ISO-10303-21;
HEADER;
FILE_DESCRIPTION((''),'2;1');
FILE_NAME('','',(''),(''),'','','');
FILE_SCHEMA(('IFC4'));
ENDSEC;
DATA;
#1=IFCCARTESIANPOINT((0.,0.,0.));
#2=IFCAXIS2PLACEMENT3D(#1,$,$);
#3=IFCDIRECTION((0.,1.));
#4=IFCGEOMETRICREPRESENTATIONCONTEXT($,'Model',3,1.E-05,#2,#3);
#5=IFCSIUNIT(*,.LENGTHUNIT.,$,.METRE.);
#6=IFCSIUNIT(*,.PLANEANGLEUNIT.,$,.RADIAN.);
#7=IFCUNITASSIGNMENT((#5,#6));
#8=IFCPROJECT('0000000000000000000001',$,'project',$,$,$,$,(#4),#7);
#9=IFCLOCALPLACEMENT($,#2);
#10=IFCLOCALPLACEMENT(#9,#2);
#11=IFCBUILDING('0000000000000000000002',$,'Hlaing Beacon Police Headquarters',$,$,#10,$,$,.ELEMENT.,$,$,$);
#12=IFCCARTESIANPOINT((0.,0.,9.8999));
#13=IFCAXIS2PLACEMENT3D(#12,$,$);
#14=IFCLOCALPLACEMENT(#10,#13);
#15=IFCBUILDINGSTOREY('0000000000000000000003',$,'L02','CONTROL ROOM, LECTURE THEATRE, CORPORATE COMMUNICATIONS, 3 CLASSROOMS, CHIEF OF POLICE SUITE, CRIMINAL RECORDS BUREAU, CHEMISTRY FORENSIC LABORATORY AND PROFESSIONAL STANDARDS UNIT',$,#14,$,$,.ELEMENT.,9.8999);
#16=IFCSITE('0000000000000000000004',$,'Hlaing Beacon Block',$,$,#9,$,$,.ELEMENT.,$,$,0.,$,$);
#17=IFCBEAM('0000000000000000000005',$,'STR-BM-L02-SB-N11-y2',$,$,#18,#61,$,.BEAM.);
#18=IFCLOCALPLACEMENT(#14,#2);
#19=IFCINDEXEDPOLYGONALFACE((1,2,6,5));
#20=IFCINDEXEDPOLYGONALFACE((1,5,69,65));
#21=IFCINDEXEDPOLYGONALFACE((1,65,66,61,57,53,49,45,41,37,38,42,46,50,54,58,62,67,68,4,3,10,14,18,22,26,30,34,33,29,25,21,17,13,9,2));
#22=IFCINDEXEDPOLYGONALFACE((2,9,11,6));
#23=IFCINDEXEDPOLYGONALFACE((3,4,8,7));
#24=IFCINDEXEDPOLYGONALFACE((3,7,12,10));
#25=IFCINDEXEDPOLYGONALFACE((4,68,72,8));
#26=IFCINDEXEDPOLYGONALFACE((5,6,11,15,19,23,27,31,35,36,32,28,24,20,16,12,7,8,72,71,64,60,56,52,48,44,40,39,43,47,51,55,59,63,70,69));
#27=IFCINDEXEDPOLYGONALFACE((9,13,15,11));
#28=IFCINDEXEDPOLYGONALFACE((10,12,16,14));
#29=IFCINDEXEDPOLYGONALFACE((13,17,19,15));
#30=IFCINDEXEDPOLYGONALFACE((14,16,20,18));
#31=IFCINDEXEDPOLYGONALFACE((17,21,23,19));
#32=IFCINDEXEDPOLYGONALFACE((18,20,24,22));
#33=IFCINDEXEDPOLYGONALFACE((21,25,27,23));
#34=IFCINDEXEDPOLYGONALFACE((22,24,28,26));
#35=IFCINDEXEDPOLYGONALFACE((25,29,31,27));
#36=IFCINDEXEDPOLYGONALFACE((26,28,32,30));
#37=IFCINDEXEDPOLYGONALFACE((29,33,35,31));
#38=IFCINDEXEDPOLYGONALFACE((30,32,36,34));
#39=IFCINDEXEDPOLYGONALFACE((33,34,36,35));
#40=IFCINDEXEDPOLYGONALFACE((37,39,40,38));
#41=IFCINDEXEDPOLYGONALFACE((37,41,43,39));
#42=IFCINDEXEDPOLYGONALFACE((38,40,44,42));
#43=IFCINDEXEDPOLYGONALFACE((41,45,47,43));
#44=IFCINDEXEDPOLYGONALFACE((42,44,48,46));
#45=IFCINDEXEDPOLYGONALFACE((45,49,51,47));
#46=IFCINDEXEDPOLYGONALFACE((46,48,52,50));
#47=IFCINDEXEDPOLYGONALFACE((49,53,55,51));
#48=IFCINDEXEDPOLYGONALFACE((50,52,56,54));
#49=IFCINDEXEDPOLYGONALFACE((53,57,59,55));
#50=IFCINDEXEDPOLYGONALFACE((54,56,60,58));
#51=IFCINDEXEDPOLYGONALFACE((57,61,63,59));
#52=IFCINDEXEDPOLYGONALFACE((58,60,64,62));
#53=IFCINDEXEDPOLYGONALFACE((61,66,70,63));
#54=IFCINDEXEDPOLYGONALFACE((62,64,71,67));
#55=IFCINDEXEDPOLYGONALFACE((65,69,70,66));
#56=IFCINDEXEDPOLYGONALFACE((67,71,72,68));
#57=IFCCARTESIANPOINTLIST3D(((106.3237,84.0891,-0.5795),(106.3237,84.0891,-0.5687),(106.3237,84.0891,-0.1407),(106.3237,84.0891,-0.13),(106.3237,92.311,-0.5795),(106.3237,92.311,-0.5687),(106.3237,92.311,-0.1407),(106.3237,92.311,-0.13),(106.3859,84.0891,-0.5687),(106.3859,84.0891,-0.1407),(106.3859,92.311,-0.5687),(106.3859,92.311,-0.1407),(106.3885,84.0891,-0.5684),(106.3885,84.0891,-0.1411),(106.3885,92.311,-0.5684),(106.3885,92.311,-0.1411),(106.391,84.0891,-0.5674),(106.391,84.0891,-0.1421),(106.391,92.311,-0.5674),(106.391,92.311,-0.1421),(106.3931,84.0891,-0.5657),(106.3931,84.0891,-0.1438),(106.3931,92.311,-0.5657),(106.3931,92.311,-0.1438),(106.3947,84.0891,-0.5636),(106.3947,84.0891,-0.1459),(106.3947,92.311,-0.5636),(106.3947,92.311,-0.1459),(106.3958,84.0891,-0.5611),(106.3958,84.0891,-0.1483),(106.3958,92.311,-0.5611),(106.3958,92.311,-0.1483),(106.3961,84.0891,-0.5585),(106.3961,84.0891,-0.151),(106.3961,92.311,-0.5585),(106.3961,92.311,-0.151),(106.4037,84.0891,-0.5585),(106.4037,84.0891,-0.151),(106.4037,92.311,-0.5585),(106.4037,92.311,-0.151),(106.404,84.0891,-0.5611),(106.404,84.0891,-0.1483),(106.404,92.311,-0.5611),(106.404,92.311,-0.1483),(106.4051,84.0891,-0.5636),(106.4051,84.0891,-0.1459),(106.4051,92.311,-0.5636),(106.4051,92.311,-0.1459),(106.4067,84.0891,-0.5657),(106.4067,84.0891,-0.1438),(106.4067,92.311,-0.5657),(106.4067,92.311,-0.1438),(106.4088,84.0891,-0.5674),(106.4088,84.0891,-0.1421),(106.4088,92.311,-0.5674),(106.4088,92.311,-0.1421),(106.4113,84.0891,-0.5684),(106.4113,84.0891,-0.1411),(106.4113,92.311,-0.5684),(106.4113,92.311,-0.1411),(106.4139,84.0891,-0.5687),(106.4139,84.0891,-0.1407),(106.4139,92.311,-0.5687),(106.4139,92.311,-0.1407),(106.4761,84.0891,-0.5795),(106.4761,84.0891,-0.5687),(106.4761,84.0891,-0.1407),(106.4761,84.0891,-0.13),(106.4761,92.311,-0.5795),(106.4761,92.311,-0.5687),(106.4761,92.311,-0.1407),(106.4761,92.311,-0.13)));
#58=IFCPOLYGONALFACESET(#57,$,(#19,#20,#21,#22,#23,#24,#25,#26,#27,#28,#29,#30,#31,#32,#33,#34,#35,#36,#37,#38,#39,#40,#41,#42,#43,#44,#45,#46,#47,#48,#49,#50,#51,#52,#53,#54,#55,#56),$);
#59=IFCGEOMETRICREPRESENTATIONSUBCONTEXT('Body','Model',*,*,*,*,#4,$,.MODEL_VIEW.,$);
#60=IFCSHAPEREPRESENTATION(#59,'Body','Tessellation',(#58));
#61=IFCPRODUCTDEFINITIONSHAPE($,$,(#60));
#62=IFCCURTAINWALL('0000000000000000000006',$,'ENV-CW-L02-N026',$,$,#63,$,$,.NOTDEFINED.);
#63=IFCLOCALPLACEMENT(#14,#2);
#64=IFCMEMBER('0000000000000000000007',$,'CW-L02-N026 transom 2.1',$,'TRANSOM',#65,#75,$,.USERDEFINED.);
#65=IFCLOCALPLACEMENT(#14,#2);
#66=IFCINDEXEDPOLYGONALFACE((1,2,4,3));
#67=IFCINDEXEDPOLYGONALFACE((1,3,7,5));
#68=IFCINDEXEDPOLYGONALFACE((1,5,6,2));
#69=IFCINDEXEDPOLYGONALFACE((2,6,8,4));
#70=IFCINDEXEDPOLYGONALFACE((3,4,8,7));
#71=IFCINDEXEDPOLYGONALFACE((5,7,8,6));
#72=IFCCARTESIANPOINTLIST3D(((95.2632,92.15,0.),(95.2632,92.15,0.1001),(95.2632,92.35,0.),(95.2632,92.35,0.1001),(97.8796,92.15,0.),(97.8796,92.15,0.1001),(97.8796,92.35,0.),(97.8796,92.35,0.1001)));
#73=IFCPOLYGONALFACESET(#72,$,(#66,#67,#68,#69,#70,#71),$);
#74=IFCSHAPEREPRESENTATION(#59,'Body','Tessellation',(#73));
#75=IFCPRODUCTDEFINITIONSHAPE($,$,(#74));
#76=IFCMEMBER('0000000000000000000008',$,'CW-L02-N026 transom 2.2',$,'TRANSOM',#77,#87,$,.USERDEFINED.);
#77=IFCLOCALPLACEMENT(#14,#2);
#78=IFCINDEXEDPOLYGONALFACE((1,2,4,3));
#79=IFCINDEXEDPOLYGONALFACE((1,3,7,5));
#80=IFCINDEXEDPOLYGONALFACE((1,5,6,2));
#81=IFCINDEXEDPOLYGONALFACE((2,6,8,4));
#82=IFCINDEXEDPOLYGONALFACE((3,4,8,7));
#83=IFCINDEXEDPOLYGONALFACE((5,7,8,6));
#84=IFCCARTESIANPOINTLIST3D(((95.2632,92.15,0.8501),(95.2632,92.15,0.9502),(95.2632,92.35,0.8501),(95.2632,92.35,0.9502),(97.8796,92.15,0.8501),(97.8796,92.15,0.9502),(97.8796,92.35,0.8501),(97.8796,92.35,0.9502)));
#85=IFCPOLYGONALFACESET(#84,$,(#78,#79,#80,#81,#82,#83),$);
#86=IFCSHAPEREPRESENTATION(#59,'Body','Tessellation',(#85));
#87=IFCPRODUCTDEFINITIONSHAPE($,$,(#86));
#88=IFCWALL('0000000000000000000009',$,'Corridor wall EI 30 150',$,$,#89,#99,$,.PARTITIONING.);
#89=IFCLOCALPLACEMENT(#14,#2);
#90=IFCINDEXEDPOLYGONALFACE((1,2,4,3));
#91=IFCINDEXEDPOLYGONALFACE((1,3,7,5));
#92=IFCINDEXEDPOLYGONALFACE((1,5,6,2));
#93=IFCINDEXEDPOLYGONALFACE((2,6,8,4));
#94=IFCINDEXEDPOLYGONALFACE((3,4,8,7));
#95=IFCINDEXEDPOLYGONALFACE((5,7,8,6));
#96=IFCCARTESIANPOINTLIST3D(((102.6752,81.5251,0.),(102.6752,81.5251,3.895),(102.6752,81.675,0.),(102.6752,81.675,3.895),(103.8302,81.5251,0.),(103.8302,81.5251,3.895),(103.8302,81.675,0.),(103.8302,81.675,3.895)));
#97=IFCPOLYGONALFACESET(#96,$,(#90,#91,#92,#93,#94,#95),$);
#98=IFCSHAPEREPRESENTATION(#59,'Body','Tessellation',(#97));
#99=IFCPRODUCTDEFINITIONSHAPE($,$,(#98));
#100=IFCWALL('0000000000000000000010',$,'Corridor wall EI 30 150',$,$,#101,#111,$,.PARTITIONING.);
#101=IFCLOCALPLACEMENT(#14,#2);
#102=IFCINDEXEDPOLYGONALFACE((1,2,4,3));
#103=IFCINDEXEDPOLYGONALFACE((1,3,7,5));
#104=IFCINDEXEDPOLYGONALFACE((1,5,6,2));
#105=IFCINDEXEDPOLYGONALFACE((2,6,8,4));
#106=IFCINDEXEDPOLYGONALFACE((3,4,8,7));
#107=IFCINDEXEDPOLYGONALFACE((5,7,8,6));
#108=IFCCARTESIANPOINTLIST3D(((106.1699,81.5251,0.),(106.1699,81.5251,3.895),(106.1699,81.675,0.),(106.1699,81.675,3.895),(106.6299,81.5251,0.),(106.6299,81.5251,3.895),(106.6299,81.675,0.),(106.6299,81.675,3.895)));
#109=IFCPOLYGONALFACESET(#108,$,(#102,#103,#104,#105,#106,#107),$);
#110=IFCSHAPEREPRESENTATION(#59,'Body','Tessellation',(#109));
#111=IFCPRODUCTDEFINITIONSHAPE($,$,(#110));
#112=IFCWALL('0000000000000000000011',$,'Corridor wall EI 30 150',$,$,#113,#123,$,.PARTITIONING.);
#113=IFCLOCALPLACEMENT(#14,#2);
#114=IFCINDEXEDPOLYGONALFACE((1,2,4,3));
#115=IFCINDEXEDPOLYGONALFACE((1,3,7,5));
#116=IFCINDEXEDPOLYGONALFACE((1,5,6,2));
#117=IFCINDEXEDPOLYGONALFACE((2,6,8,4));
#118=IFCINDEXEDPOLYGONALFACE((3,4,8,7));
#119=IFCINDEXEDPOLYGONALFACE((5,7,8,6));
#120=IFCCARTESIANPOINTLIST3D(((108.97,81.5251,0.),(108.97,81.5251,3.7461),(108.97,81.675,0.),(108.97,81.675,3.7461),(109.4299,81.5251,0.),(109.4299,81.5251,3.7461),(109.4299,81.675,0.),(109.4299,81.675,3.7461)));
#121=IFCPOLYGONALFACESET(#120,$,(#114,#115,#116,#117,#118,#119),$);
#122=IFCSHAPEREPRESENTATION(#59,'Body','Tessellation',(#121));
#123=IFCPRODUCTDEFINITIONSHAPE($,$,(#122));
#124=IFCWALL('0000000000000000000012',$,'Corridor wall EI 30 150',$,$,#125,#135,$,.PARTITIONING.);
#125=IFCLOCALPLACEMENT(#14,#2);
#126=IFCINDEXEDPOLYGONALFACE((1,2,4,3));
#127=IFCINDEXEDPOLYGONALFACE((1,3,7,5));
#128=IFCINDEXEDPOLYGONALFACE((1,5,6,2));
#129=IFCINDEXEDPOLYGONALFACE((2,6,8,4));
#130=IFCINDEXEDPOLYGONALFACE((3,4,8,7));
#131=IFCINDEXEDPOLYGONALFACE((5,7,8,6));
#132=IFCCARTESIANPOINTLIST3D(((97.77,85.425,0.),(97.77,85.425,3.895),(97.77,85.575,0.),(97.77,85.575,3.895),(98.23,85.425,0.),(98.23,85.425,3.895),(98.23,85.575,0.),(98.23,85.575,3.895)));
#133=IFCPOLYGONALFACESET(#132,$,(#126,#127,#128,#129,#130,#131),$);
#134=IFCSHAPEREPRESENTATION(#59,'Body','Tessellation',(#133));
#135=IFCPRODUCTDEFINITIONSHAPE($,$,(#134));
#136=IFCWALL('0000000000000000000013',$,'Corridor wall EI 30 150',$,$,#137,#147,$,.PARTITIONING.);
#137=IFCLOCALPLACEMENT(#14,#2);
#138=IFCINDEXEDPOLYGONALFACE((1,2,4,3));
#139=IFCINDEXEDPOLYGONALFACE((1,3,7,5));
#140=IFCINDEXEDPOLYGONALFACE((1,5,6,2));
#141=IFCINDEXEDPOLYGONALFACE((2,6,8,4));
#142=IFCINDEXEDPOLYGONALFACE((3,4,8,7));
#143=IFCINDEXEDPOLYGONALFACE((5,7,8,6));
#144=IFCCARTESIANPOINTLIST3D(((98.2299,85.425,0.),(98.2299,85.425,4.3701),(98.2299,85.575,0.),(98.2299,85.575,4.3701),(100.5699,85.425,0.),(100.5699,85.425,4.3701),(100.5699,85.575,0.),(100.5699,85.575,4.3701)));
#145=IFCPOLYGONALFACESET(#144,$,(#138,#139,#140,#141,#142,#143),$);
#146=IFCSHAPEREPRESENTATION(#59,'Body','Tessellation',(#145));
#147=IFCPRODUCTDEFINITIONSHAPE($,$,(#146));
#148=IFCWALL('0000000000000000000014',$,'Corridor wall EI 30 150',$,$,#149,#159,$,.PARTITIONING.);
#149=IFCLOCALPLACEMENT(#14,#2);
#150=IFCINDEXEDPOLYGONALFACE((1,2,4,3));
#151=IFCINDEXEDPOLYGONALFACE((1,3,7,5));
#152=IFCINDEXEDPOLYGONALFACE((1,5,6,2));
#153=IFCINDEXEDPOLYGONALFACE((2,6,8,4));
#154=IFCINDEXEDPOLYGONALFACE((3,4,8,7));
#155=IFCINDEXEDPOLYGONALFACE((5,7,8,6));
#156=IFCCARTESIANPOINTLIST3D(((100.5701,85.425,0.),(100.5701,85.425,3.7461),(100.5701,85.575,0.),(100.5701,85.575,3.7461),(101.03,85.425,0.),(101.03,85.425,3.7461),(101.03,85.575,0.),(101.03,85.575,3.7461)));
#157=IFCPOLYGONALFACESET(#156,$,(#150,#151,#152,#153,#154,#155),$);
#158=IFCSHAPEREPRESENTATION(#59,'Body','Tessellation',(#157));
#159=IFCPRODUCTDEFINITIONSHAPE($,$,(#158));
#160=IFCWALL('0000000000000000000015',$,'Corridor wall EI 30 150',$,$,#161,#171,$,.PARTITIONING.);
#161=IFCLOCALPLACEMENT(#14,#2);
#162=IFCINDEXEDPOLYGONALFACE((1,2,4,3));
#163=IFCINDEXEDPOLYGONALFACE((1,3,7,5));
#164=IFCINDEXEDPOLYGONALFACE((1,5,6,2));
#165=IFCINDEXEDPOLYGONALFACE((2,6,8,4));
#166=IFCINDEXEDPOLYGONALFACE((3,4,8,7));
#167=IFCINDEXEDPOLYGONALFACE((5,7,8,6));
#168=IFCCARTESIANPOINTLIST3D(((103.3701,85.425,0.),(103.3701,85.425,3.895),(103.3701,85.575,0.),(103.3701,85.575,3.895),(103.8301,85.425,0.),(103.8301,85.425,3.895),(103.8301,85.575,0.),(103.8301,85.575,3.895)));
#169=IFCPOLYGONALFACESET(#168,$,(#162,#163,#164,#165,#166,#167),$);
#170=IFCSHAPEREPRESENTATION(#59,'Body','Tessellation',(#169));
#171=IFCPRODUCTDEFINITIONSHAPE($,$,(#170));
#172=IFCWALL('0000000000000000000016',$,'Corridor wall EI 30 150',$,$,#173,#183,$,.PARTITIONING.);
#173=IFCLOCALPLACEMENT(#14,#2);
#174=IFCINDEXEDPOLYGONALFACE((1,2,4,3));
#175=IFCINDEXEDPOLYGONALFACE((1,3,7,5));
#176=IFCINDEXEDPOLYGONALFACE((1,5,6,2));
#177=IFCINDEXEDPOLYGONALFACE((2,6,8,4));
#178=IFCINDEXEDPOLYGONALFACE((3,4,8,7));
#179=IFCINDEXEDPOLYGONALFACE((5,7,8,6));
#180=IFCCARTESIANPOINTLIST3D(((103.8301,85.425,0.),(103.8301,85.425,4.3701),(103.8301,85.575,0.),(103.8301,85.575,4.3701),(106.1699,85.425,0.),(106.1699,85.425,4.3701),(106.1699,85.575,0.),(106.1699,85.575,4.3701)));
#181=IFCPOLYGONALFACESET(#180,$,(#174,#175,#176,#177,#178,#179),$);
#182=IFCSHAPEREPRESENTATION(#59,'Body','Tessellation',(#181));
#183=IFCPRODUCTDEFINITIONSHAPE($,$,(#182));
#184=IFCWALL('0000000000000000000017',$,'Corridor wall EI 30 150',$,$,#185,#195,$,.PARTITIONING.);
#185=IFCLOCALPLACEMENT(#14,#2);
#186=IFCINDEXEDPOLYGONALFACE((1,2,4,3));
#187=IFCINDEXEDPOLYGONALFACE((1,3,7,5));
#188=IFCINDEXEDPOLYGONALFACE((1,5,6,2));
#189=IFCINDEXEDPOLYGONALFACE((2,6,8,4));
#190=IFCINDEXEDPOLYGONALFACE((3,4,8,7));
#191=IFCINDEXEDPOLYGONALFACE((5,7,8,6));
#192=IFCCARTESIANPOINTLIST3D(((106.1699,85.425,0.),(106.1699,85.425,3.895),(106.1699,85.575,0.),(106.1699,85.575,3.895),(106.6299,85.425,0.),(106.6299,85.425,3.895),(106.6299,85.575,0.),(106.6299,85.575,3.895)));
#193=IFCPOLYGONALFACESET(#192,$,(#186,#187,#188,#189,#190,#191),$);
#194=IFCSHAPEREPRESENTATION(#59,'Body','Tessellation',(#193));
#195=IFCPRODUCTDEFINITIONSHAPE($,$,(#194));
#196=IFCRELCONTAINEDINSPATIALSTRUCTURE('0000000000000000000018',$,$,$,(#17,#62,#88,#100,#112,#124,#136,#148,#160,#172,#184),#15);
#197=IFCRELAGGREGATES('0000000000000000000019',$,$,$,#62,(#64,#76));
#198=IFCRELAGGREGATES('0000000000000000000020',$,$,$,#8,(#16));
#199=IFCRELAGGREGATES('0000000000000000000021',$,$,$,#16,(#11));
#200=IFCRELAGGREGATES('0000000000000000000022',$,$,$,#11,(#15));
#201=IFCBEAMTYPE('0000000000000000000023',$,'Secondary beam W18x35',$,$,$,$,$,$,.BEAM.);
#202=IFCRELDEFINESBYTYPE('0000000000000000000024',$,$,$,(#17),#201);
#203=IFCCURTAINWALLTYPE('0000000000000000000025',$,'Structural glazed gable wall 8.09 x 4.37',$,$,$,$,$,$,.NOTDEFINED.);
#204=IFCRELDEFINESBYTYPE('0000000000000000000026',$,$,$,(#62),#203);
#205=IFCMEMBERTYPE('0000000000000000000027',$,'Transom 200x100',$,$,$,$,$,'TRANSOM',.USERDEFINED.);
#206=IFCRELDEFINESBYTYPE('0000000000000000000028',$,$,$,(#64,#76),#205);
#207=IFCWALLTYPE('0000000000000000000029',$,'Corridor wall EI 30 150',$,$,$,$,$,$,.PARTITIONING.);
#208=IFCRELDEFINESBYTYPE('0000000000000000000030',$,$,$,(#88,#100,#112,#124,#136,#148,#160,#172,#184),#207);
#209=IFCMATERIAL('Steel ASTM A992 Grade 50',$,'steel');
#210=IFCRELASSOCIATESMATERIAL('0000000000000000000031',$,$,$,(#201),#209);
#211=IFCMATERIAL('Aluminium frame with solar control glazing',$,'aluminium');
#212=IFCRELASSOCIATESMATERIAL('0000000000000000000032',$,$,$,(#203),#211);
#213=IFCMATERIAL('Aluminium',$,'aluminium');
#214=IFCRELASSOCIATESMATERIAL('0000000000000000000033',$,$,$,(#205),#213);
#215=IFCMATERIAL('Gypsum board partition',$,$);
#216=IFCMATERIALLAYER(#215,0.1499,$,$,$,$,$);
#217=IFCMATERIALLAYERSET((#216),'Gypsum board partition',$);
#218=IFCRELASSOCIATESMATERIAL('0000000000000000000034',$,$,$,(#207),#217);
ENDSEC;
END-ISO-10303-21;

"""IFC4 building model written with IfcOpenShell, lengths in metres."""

from ifc_helpers import new_model, si_unit, direction, frame, frame_2d, origin, origin_2d, place, context, subcontext, project, spatial, rectangle, i_section, extrude, material, layer, layer_set, material_profile, profile_set, type_object, element, aggregate, save


model = new_model("IFC4")

# Units and contexts
model_context = context("Model", 3, precision=1e-05, world=origin(), true_north=direction((0.0, 1.0)))
body_context = subcontext(model_context, "Body", "Model", "MODEL_VIEW")
ifc_project = project(units=[si_unit("LENGTHUNIT", "METRE"), si_unit("PLANEANGLEUNIT", "RADIAN")], contexts=[model_context])

# Site, building, storey
site_placement = place(None, origin())
site = spatial("IfcSite", under=ifc_project, at=site_placement, Name="Hlaing Beacon Block", CompositionType="ELEMENT", RefElevation=0.0)
building_placement = place(site_placement, origin())
building = spatial("IfcBuilding", under=site, at=building_placement, Name="Hlaing Beacon Police Headquarters", CompositionType="ELEMENT")
storey_placement = place(building_placement, frame((0.0, 0.0, 9.8999)))
storey = spatial("IfcBuildingStorey", under=building, at=storey_placement, Name="L02", Description="CONTROL ROOM, LECTURE THEATRE, CORPORATE COMMUNICATIONS, 3 CLASSROOMS, CHIEF OF POLICE SUITE, CRIMINAL RECORDS BUREAU, CHEMISTRY FORENSIC LABORATORY AND PROFESSIONAL STANDARDS UNIT", CompositionType="ELEMENT", Elevation=9.8999)

# Beam
ifc_material_1 = material(Name="Steel ASTM A992 Grade 50", Category="steel")
ifc_material_profile_1 = material_profile(ifc_material_1, i_section(OverallWidth=0.1523, OverallDepth=0.4495, WebThickness=0.0076, FlangeThickness=0.0107, FilletRadius=0.0103, at=origin_2d()), Name="W18x35")
ifc_profile_set_1 = profile_set([ifc_material_profile_1], Name="Steel ASTM A992 Grade 50")
beam_type_1 = type_object("IfcBeamType", Name="Secondary beam W18x35", PredefinedType="BEAM", material=ifc_profile_set_1)
for number, where, z_axis, x_axis, name in (
    (1, (106.3999, 84.0891, -0.3547), (0.0, 1.0, 0.0), (-1.0, 0.0, 0.0), "STR-BM-L02-SB-N11-y2"),
):
    element("IfcBeam", number, at=place(storey_placement, frame(where, z_axis=z_axis, x_axis=x_axis)), inside=storey, type_object=beam_type_1, Name=name, PredefinedType="BEAM", context=body_context, shape_type="SweptSolid", body=[
        extrude(i_section(OverallWidth=0.1523, OverallDepth=0.4495, WebThickness=0.0076, FlangeThickness=0.0107, FilletRadius=0.0103, at=origin_2d()), origin(), (0.0, 0.0, 1.0), 8.2219),
    ])

# Curtain wall, members
ifc_material_2 = material(Name="Aluminium frame with solar control glazing", Category="aluminium")
curtain_wall_type = type_object("IfcCurtainWallType", Name="Structural glazed gable wall 8.09 x 4.37", PredefinedType="NOTDEFINED", material=ifc_material_2)
curtain_wall_placement = place(storey_placement, origin())
curtain_wall = element("IfcCurtainWall", 2, at=curtain_wall_placement, inside=storey, type_object=curtain_wall_type, Name="ENV-CW-L02-N026", PredefinedType="NOTDEFINED")
ifc_material_3 = material(Name="Aluminium", Category="aluminium")
ifc_material_profile_2 = material_profile(ifc_material_3, rectangle(XDim=0.2, YDim=0.1001, at=origin_2d()), Name="Transom 200x100")
ifc_profile_set_2 = profile_set([ifc_material_profile_2], Name="Aluminium")
member_type = type_object("IfcMemberType", Name="Transom 200x100", ElementType="TRANSOM", PredefinedType="USERDEFINED", material=ifc_profile_set_2)
member_1_placement = place(storey_placement, frame((97.8796, 92.25, 0.05), z_axis=(-1.0, 0.0, 0.0), x_axis=(0.0, -1.0, 0.0)))
member_1 = element("IfcMember", 3, at=member_1_placement, type_object=member_type, Name="CW-L02-N026 transom 2.1", ObjectType="TRANSOM", PredefinedType="USERDEFINED", context=body_context, shape_type="SweptSolid", body=[
    extrude(rectangle(XDim=0.2, YDim=0.1001, at=origin_2d()), origin(), (0.0, 0.0, 1.0), 2.6165),
])
member_2_placement = place(storey_placement, frame((97.8796, 92.25, 0.9001), z_axis=(-1.0, 0.0, 0.0), x_axis=(0.0, -1.0, 0.0)))
member_2 = element("IfcMember", 4, at=member_2_placement, type_object=member_type, Name="CW-L02-N026 transom 2.2", ObjectType="TRANSOM", PredefinedType="USERDEFINED", context=body_context, shape_type="SweptSolid", body=[
    extrude(rectangle(XDim=0.2, YDim=0.1001, at=origin_2d()), origin(), (0.0, 0.0, 1.0), 2.6165),
])
aggregate(curtain_wall, [member_1, member_2])

# Wall
ifc_material_4 = material(Name="Gypsum board partition")
ifc_layer_1 = layer(ifc_material_4, 0.1499)
ifc_layer_set_1 = layer_set([ifc_layer_1], Name="Gypsum board partition")
wall_type_1 = type_object("IfcWallType", Name="Corridor wall EI 30 150", PredefinedType="PARTITIONING", material=ifc_layer_set_1)
wall_1_placement = place(storey_placement, frame((102.675, 81.6001, 0.0), z_axis=(0.0, 0.0, 1.0), x_axis=(1.0, 0.0, 0.0)))
element("IfcWall", 5, at=wall_1_placement, inside=storey, type_object=wall_type_1, Name="Corridor wall EI 30 150", PredefinedType="PARTITIONING", context=body_context, shape_type="SweptSolid", body=[
    extrude(rectangle(XDim=1.155, YDim=0.1499, at=frame_2d((0.5776, 0.0))), origin(), (0.0, 0.0, 1.0), 3.895),
])

# Wall
wall_2_placement = place(storey_placement, frame((106.1699, 81.6001, 0.0), z_axis=(0.0, 0.0, 1.0), x_axis=(1.0, 0.0, 0.0)))
element("IfcWall", 6, at=wall_2_placement, inside=storey, type_object=wall_type_1, Name="Corridor wall EI 30 150", PredefinedType="PARTITIONING", context=body_context, shape_type="SweptSolid", body=[
    extrude(rectangle(XDim=0.46, YDim=0.1499, at=frame_2d((0.23, 0.0))), origin(), (0.0, 0.0, 1.0), 3.895),
])

# Walls
wall_3_placement = place(storey_placement, frame((108.97, 81.6001, 0.0), z_axis=(0.0, 0.0, 1.0), x_axis=(1.0, 0.0, 0.0)))
element("IfcWall", 7, at=wall_3_placement, inside=storey, type_object=wall_type_1, Name="Corridor wall EI 30 150", PredefinedType="PARTITIONING", context=body_context, shape_type="SweptSolid", body=[
    extrude(rectangle(XDim=0.46, YDim=0.1499, at=frame_2d((0.23, 0.0))), origin(), (0.0, 0.0, 1.0), 3.7461),
])
wall_4_placement = place(storey_placement, frame((97.77, 85.5, 0.0), z_axis=(0.0, 0.0, 1.0), x_axis=(1.0, 0.0, 0.0)))
element("IfcWall", 8, at=wall_4_placement, inside=storey, type_object=wall_type_1, Name="Corridor wall EI 30 150", PredefinedType="PARTITIONING", context=body_context, shape_type="SweptSolid", body=[
    extrude(rectangle(XDim=0.46, YDim=0.1499, at=frame_2d((0.23, 0.0))), origin(), (0.0, 0.0, 1.0), 3.895),
])
wall_5_placement = place(storey_placement, frame((98.23, 85.5, 0.0), z_axis=(0.0, 0.0, 1.0), x_axis=(1.0, 0.0, 0.0)))
element("IfcWall", 9, at=wall_5_placement, inside=storey, type_object=wall_type_1, Name="Corridor wall EI 30 150", PredefinedType="PARTITIONING", context=body_context, shape_type="SweptSolid", body=[
    extrude(rectangle(XDim=2.3401, YDim=0.1499, at=frame_2d((1.1699, 0.0))), origin(), (0.0, 0.0, 1.0), 4.3701),
])
wall_6_placement = place(storey_placement, frame((100.5701, 85.5, 0.0), z_axis=(0.0, 0.0, 1.0), x_axis=(1.0, 0.0, 0.0)))
element("IfcWall", 10, at=wall_6_placement, inside=storey, type_object=wall_type_1, Name="Corridor wall EI 30 150", PredefinedType="PARTITIONING", context=body_context, shape_type="SweptSolid", body=[
    extrude(rectangle(XDim=0.46, YDim=0.1499, at=frame_2d((0.23, 0.0))), origin(), (0.0, 0.0, 1.0), 3.7461),
])

# Walls
wall_7_placement = place(storey_placement, frame((103.3701, 85.5, 0.0), z_axis=(0.0, 0.0, 1.0), x_axis=(1.0, 0.0, 0.0)))
element("IfcWall", 11, at=wall_7_placement, inside=storey, type_object=wall_type_1, Name="Corridor wall EI 30 150", PredefinedType="PARTITIONING", context=body_context, shape_type="SweptSolid", body=[
    extrude(rectangle(XDim=0.46, YDim=0.1499, at=frame_2d((0.23, 0.0))), origin(), (0.0, 0.0, 1.0), 3.895),
])
wall_8_placement = place(storey_placement, frame((103.8301, 85.5, 0.0), z_axis=(0.0, 0.0, 1.0), x_axis=(1.0, 0.0, 0.0)))
element("IfcWall", 12, at=wall_8_placement, inside=storey, type_object=wall_type_1, Name="Corridor wall EI 30 150", PredefinedType="PARTITIONING", context=body_context, shape_type="SweptSolid", body=[
    extrude(rectangle(XDim=2.3398, YDim=0.1499, at=frame_2d((1.1699, 0.0))), origin(), (0.0, 0.0, 1.0), 4.3701),
])
wall_9_placement = place(storey_placement, frame((106.1699, 85.5, 0.0), z_axis=(0.0, 0.0, 1.0), x_axis=(1.0, 0.0, 0.0)))
element("IfcWall", 13, at=wall_9_placement, inside=storey, type_object=wall_type_1, Name="Corridor wall EI 30 150", PredefinedType="PARTITIONING", context=body_context, shape_type="SweptSolid", body=[
    extrude(rectangle(XDim=0.46, YDim=0.1499, at=frame_2d((0.23, 0.0))), origin(), (0.0, 0.0, 1.0), 3.895),
])

save(model, "model.ifc")
